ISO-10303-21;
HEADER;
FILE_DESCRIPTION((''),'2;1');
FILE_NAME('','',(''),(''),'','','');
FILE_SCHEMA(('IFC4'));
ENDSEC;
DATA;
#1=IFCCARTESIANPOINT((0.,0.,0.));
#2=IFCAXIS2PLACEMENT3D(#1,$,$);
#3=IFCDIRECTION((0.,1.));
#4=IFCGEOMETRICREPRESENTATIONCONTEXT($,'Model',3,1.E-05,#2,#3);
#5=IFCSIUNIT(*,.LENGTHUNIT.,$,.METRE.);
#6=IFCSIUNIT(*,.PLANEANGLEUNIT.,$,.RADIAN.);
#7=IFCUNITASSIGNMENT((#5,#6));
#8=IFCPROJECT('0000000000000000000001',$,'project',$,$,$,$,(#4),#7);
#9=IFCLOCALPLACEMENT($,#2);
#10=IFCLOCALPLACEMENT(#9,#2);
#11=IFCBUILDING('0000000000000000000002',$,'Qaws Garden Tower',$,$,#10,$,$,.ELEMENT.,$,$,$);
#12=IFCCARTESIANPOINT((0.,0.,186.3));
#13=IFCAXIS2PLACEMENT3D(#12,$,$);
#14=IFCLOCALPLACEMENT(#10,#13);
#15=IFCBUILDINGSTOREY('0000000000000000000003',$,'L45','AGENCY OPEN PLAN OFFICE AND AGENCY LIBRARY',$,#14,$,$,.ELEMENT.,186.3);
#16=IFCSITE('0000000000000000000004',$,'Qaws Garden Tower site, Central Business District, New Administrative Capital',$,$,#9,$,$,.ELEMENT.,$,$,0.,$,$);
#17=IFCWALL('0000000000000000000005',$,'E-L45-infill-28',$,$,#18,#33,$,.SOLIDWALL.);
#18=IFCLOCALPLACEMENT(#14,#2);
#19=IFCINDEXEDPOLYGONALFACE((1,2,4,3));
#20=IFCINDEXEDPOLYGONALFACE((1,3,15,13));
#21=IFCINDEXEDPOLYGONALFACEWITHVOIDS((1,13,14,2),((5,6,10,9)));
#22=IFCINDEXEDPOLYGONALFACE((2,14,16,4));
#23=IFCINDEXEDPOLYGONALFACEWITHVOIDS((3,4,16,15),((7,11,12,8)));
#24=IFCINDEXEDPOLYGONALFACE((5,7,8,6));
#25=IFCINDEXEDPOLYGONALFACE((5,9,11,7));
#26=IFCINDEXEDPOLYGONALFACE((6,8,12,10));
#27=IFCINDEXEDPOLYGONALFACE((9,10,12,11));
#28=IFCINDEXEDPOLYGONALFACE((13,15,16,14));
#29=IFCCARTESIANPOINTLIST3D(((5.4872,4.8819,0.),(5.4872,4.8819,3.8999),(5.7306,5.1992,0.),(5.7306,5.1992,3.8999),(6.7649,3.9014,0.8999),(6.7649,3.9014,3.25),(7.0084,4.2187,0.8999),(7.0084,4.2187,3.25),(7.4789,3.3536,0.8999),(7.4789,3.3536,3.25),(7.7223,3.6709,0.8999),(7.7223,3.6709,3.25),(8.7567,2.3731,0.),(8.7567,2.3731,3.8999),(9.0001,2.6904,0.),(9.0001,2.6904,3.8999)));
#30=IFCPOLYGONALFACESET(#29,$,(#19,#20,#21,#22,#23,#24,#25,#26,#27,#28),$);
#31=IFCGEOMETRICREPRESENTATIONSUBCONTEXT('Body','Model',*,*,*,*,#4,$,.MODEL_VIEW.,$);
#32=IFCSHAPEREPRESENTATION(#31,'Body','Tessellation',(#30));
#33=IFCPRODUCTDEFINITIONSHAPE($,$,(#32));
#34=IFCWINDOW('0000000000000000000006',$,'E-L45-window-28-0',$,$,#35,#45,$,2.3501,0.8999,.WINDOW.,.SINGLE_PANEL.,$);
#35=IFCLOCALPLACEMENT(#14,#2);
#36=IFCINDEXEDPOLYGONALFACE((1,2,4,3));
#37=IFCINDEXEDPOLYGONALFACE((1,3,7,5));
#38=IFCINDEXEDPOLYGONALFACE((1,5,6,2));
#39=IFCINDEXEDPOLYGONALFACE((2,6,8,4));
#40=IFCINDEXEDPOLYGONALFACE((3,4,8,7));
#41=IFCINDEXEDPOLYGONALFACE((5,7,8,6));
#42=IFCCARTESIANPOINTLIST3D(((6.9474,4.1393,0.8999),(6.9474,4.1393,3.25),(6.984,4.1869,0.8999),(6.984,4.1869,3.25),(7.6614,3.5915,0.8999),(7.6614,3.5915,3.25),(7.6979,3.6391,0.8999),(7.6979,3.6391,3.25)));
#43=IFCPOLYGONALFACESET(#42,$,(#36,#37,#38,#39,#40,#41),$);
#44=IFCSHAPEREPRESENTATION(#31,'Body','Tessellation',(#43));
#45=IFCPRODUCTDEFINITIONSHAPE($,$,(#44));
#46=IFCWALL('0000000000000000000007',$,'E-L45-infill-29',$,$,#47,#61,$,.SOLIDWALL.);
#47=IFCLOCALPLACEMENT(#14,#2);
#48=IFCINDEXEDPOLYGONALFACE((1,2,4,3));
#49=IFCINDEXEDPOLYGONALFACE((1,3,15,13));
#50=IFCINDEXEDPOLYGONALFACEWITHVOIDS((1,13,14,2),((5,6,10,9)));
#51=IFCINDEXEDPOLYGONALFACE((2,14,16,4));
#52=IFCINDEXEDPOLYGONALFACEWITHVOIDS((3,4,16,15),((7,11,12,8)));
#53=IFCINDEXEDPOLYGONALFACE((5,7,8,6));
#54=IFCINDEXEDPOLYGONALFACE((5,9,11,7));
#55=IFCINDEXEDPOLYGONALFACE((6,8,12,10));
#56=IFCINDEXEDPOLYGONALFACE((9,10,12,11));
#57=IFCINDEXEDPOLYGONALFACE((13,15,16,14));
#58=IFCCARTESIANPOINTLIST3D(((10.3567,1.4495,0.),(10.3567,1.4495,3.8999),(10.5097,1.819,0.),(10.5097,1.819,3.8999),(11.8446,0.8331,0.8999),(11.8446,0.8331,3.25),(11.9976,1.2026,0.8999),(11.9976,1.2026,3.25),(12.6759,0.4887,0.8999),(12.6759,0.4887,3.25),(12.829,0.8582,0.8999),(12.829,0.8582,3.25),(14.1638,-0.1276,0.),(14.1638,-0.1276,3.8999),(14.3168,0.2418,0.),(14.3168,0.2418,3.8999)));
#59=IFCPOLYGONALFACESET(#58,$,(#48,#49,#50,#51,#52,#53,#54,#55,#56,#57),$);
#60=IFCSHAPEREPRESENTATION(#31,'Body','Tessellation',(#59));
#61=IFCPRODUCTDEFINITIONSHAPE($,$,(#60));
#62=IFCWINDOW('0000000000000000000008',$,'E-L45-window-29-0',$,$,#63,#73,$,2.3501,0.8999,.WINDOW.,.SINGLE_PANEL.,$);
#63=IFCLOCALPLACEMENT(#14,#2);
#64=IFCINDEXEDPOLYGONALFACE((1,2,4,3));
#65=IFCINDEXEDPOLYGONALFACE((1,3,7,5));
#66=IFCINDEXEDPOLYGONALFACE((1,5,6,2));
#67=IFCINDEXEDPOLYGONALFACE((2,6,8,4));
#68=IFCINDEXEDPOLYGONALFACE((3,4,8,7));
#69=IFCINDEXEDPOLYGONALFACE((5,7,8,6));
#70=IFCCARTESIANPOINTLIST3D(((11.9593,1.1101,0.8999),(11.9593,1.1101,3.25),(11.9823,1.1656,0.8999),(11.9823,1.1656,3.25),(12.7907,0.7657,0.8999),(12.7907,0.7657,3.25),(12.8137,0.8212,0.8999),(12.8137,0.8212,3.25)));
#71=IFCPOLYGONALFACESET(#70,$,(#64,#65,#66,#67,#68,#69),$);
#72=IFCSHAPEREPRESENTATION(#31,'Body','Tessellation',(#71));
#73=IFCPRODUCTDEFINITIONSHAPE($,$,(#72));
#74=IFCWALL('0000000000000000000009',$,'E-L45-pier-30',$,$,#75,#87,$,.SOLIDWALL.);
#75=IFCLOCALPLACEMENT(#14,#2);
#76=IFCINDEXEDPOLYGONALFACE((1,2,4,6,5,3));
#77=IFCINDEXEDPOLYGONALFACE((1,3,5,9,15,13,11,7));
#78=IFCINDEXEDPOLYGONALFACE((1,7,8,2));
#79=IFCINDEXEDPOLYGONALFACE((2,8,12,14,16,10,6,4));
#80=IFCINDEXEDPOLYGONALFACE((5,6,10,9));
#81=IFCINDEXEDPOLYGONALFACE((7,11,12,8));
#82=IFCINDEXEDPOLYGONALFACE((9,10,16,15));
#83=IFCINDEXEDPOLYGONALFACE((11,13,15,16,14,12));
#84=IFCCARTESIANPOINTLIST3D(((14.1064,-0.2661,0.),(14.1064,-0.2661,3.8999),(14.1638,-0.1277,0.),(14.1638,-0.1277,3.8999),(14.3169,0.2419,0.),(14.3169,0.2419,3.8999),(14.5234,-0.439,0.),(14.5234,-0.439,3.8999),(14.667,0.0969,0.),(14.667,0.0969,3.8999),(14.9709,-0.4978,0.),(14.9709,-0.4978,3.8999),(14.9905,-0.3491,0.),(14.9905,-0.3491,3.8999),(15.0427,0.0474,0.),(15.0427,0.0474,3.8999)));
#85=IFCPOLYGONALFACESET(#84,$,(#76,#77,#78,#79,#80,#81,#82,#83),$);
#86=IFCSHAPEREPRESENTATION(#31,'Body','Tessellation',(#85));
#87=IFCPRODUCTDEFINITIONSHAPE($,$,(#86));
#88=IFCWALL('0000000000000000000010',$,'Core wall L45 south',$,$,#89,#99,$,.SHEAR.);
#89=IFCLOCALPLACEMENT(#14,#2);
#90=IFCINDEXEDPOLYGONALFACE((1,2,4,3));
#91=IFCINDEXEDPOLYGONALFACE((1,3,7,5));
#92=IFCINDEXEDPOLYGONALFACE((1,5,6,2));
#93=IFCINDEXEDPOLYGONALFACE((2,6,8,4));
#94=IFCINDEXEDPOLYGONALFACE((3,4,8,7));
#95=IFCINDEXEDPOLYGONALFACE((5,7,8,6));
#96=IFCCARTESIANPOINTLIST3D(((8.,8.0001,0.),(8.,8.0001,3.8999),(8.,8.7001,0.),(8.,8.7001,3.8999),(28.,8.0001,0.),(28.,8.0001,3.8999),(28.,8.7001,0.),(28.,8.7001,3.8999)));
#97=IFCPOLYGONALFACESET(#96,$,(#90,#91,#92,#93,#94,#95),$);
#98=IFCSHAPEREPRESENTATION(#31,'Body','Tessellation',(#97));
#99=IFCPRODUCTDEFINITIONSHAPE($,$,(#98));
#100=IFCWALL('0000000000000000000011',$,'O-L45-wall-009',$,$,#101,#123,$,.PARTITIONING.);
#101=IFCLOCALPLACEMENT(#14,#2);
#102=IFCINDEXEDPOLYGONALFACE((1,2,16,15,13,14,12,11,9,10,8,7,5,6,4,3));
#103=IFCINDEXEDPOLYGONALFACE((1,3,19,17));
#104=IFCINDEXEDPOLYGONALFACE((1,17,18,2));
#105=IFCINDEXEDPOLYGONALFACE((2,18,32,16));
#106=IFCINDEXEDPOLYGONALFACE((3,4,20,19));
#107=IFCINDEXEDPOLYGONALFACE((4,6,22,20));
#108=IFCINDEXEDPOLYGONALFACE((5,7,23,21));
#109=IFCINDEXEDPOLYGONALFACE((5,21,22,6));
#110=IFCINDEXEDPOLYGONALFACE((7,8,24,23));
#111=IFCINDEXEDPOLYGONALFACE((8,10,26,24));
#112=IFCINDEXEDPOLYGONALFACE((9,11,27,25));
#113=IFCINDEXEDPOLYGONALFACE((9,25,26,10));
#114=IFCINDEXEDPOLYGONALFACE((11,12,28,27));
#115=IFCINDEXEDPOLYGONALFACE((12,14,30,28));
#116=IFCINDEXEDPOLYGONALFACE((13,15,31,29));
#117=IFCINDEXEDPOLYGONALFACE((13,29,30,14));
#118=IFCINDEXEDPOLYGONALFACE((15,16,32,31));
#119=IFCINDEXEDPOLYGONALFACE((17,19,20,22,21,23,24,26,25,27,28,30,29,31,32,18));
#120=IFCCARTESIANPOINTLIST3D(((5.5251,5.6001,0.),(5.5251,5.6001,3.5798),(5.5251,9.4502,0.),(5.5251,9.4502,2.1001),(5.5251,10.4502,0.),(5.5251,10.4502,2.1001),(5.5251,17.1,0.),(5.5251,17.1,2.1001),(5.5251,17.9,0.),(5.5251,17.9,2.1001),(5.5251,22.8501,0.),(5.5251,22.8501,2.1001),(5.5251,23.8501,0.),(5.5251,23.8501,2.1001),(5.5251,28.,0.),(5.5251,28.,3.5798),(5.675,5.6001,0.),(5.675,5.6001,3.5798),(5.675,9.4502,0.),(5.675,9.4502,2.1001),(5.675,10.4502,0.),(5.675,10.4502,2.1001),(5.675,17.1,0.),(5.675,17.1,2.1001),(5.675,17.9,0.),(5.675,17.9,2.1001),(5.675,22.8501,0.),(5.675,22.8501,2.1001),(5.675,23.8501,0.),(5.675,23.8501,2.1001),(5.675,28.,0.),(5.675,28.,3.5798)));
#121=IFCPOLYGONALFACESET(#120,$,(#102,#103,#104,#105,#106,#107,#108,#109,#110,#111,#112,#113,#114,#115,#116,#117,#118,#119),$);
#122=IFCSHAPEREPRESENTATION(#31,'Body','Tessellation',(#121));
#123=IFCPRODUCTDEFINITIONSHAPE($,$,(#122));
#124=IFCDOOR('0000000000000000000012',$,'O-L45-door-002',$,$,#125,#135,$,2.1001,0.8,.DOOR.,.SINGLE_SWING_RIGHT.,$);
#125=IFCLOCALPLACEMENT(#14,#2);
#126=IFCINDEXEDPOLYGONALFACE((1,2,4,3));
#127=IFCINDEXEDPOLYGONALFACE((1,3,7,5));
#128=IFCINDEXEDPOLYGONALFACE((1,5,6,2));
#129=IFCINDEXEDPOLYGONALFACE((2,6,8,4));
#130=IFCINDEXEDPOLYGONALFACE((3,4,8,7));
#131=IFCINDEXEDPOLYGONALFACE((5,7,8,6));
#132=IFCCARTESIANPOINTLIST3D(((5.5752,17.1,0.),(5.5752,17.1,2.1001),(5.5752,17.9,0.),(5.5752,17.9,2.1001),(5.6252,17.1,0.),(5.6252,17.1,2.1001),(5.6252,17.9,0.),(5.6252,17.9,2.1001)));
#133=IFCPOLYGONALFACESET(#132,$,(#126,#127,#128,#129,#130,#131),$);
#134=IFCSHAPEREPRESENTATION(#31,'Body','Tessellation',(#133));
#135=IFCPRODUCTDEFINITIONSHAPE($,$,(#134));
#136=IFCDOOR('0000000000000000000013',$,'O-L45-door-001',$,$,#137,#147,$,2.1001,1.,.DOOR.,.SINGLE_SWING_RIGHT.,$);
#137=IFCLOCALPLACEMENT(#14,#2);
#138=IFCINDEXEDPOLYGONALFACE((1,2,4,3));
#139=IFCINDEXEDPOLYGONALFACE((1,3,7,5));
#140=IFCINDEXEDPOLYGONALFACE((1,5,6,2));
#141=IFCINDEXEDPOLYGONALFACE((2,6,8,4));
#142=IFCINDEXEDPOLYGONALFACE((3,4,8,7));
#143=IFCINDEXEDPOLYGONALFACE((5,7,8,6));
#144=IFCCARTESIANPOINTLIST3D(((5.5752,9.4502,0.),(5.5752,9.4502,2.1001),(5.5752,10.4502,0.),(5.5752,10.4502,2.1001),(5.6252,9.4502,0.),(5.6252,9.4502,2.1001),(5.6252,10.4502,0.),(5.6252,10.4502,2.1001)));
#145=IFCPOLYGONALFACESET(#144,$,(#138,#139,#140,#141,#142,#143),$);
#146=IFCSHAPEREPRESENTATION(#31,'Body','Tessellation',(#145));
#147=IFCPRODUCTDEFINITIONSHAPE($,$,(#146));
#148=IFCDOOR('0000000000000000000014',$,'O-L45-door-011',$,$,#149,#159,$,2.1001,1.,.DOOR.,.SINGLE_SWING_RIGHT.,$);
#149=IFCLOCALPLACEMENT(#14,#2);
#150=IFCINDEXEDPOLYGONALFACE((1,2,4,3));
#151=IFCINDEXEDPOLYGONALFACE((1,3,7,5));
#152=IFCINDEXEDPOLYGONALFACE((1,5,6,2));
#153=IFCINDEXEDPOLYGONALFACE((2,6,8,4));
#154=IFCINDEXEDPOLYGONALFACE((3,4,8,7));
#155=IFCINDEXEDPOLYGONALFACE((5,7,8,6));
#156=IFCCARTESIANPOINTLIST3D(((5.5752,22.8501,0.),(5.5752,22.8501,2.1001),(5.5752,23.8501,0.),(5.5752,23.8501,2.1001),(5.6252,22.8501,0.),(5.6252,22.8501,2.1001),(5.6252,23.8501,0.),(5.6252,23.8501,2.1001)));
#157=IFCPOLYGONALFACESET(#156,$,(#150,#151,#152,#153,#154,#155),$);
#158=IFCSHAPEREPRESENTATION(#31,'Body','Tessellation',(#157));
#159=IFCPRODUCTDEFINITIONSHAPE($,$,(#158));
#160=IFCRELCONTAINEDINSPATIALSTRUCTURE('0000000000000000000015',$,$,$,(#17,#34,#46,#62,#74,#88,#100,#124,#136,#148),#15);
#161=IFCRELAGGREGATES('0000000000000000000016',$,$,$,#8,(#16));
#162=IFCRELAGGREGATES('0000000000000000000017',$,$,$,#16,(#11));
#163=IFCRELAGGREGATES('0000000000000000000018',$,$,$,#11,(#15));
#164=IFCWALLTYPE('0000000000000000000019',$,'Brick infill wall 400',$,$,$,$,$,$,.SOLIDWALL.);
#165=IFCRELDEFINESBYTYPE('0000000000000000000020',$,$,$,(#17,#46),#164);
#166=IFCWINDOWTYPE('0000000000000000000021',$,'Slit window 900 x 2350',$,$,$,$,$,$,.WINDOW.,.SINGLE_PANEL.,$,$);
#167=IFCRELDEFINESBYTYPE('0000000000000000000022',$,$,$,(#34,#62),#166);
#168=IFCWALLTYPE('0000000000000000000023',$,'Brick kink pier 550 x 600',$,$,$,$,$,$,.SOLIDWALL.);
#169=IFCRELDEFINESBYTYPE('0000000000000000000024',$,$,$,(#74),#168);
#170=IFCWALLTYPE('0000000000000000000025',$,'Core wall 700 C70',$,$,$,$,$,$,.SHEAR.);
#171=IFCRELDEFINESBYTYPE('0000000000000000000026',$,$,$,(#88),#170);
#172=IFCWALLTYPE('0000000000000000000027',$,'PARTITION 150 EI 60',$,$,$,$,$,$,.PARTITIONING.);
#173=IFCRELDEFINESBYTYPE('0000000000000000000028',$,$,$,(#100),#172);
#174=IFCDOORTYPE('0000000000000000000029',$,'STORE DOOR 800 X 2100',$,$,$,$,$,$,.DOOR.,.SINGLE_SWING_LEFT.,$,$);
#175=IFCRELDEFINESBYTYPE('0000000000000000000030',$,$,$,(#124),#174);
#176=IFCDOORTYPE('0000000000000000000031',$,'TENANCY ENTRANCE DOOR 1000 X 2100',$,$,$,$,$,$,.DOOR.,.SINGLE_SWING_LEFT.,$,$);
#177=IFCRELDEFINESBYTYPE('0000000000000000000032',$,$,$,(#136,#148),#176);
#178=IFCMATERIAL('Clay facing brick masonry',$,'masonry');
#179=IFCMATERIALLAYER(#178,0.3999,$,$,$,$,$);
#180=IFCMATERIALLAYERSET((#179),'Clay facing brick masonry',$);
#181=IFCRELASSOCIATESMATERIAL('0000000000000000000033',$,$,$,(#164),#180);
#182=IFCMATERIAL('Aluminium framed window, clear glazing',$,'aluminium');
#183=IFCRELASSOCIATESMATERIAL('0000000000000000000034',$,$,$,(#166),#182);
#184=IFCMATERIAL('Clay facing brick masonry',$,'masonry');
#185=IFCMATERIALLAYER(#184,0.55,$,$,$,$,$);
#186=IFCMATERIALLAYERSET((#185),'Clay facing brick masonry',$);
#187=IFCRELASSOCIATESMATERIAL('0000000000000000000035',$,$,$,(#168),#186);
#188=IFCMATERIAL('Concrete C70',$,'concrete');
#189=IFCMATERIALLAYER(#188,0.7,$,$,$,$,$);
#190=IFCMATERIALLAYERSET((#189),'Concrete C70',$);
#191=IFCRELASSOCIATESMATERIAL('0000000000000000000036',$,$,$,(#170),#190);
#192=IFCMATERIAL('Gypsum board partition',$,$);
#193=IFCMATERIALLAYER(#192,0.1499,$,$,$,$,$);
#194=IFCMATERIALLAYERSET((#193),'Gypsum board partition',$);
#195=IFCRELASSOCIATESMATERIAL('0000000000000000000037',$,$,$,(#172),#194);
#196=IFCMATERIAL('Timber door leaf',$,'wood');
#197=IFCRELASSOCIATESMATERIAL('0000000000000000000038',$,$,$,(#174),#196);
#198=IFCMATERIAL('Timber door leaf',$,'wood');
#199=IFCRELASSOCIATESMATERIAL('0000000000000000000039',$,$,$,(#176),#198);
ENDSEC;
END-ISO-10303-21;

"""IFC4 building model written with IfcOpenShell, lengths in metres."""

from ifc_helpers import new_model, si_unit, direction, frame, frame_2d, origin, place, context, subcontext, project, spatial, polyline, rectangle, outline, extrude, material, layer, layer_set, type_object, element, fill, save


model = new_model("IFC4")

# Units and contexts
model_context = context("Model", 3, precision=1e-05, world=origin(), true_north=direction((0.0, 1.0)))
body_context = subcontext(model_context, "Body", "Model", "MODEL_VIEW")
ifc_project = project(units=[si_unit("LENGTHUNIT", "METRE"), si_unit("PLANEANGLEUNIT", "RADIAN")], contexts=[model_context])

# Site, building, storey
site_placement = place(None, origin())
site = spatial("IfcSite", under=ifc_project, at=site_placement, Name="Qaws Garden Tower site, Central Business District, New Administrative Capital", CompositionType="ELEMENT", RefElevation=0.0)
building_placement = place(site_placement, origin())
building = spatial("IfcBuilding", under=site, at=building_placement, Name="Qaws Garden Tower", CompositionType="ELEMENT")
storey_placement = place(building_placement, frame((0.0, 0.0, 186.3)))
storey = spatial("IfcBuildingStorey", under=building, at=storey_placement, Name="L45", Description="AGENCY OPEN PLAN OFFICE AND AGENCY LIBRARY", CompositionType="ELEMENT", Elevation=186.3)

# Shared definitions
placement_1 = place(storey_placement, origin())

# Walls, openings, windows
ifc_material_1 = material(Name="Clay facing brick masonry", Category="masonry")
ifc_layer_1 = layer(ifc_material_1, 0.3999)
ifc_layer_set_1 = layer_set([ifc_layer_1], Name="Clay facing brick masonry")
wall_type_1 = type_object("IfcWallType", Name="Brick infill wall 400", PredefinedType="SOLIDWALL", material=ifc_layer_set_1)
ifc_material_2 = material(Name="Aluminium framed window, clear glazing", Category="aluminium")
window_type = type_object("IfcWindowType", Name="Slit window 900 x 2350", PartitioningType="SINGLE_PANEL", PredefinedType="WINDOW", material=ifc_material_2)
wall_1_placement = place(storey_placement, frame((5.6089, 5.0405, 0.0), z_axis=(0.0, 0.0, 1.0), x_axis=(0.793355, -0.60876, 0.0)))
wall_1 = element("IfcWall", 1, at=wall_1_placement, inside=storey, type_object=wall_type_1, Name="E-L45-infill-28", PredefinedType="SOLIDWALL", context=body_context, shape_type="SweptSolid", body=[
    extrude(rectangle(XDim=4.1211, YDim=0.3999, at=frame_2d((2.0605, 0.0))), origin(), (0.0, 0.0, 1.0), 3.8999),
])
opening_1_placement = place(wall_1_placement, frame((1.6106, 0.0, 0.8999)))
opening_1 = element("IfcOpeningElement", 2, at=opening_1_placement, cuts=wall_1, PredefinedType="OPENING", context=body_context, shape_type="SweptSolid", body=[
    extrude(rectangle(XDim=0.8999, YDim=2.3501, at=frame_2d((0.45, 1.175))), frame((0.0, 0.21, 0.0), z_axis=(0.0, -1.0, 0.0), x_axis=(1.0, 0.0, 0.0)), (0.0, 0.0, 1.0), 0.4199),
])
window_1_placement = place(opening_1_placement, origin())
window_1 = element("IfcWindow", 3, at=window_1_placement, inside=storey, type_object=window_type, Name="E-L45-window-28-0", OverallHeight=2.3501, OverallWidth=0.8999, PartitioningType="SINGLE_PANEL", PredefinedType="WINDOW", context=body_context, shape_type="SweptSolid", body=[
    extrude(rectangle(XDim=0.8999, YDim=2.3501, at=frame_2d((0.45, 1.175))), frame((0.0, 0.1599, 0.0), z_axis=(0.0, -1.0, 0.0), x_axis=(1.0, 0.0, 0.0)), (0.0, 0.0, 1.0), 0.0601),
])
fill(opening_1, window_1)
wall_2_placement = place(storey_placement, frame((10.4331, 1.6343, 0.0), z_axis=(0.0, 0.0, 1.0), x_axis=(0.923864, -0.382722, 0.0)))
wall_2 = element("IfcWall", 4, at=wall_2_placement, inside=storey, type_object=wall_type_1, Name="E-L45-infill-29", PredefinedType="SOLIDWALL", context=body_context, shape_type="SweptSolid", body=[
    extrude(rectangle(XDim=4.1208, YDim=0.3999, at=frame_2d((2.0605, 0.0))), origin(), (0.0, 0.0, 1.0), 3.8999),
])
opening_2_placement = place(wall_2_placement, frame((1.6106, 0.0, 0.8999)))
opening_2 = element("IfcOpeningElement", 5, at=opening_2_placement, cuts=wall_2, PredefinedType="OPENING", context=body_context, shape_type="SweptSolid", body=[
    extrude(rectangle(XDim=0.8999, YDim=2.3501, at=frame_2d((0.45, 1.175))), frame((0.0, 0.21, 0.0), z_axis=(0.0, -1.0, 0.0), x_axis=(1.0, 0.0, 0.0)), (0.0, 0.0, 1.0), 0.4199),
])
window_2_placement = place(opening_2_placement, origin())
window_2 = element("IfcWindow", 6, at=window_2_placement, inside=storey, type_object=window_type, Name="E-L45-window-29-0", OverallHeight=2.3501, OverallWidth=0.8999, PartitioningType="SINGLE_PANEL", PredefinedType="WINDOW", context=body_context, shape_type="SweptSolid", body=[
    extrude(rectangle(XDim=0.8999, YDim=2.3501, at=frame_2d((0.45, 1.175))), frame((0.0, 0.1599, 0.0), z_axis=(0.0, -1.0, 0.0), x_axis=(1.0, 0.0, 0.0)), (0.0, 0.0, 1.0), 0.0601),
])
fill(opening_2, window_2)

# Walls
ifc_material_3 = material(Name="Clay facing brick masonry", Category="masonry")
ifc_layer_2 = layer(ifc_material_3, 0.55)
ifc_layer_set_2 = layer_set([ifc_layer_2], Name="Clay facing brick masonry")
wall_type_2 = type_object("IfcWallType", Name="Brick kink pier 550 x 600", PredefinedType="SOLIDWALL", material=ifc_layer_set_2)
element("IfcWall", 7, at=placement_1, inside=storey, type_object=wall_type_2, Name="E-L45-pier-30", PredefinedType="SOLIDWALL", context=body_context, shape_type="SweptSolid", body=[
    extrude(outline(polyline([(14.1638, -0.1277), (14.1064, -0.2661), (14.5234, -0.439), (14.9709, -0.4978), (14.9905, -0.3491), (15.0427, 0.0474), (14.667, 0.0969), (14.3169, 0.2419), (14.1638, -0.1277)])), origin(), (0.0, 0.0, 1.0), 3.8999),
])
ifc_material_4 = material(Name="Concrete C70", Category="concrete")
ifc_layer_3 = layer(ifc_material_4, 0.7)
ifc_layer_set_3 = layer_set([ifc_layer_3], Name="Concrete C70")
wall_type_3 = type_object("IfcWallType", Name="Core wall 700 C70", PredefinedType="SHEAR", material=ifc_layer_set_3)
wall_3_placement = place(storey_placement, frame((8.0, 8.3501, 0.0), z_axis=(0.0, 0.0, 1.0), x_axis=(1.0, 0.0, 0.0)))
element("IfcWall", 8, at=wall_3_placement, inside=storey, type_object=wall_type_3, Name="Core wall L45 south", PredefinedType="SHEAR", context=body_context, shape_type="SweptSolid", body=[
    extrude(rectangle(XDim=20.0, YDim=0.7, at=frame_2d((10.0, 0.0))), origin(), (0.0, 0.0, 1.0), 3.8999),
])

# Wall, openings, doors
ifc_material_5 = material(Name="Gypsum board partition")
ifc_layer_4 = layer(ifc_material_5, 0.1499)
ifc_layer_set_4 = layer_set([ifc_layer_4], Name="Gypsum board partition")
wall_type_4 = type_object("IfcWallType", Name="PARTITION 150 EI 60", PredefinedType="PARTITIONING", material=ifc_layer_set_4)
wall_4_placement = place(storey_placement, frame((5.6001, 5.6001, 0.0), z_axis=(0.0, 0.0, 1.0), x_axis=(0.0, 1.0, 0.0)))
wall_4 = element("IfcWall", 9, at=wall_4_placement, inside=storey, type_object=wall_type_4, Name="O-L45-wall-009", PredefinedType="PARTITIONING", context=body_context, shape_type="SweptSolid", body=[
    extrude(rectangle(XDim=22.3999, YDim=0.1499, at=frame_2d((11.2, 0.0))), origin(), (0.0, 0.0, 1.0), 3.5798),
])
opening_3_placement = place(wall_4_placement, frame((3.8501, 0.0, 0.0)))
opening_3 = element("IfcOpeningElement", 10, at=opening_3_placement, cuts=wall_4, PredefinedType="OPENING", context=body_context, shape_type="SweptSolid", body=[
    extrude(rectangle(XDim=1.0, YDim=2.1001, at=frame_2d((0.5, 1.05))), frame((0.0, 0.085, 0.0), z_axis=(0.0, -1.0, 0.0), x_axis=(1.0, 0.0, 0.0)), (0.0, 0.0, 1.0), 0.1699),
])
opening_4_placement = place(wall_4_placement, frame((11.5, 0.0, 0.0)))
opening_4 = element("IfcOpeningElement", 11, at=opening_4_placement, cuts=wall_4, PredefinedType="OPENING", context=body_context, shape_type="SweptSolid", body=[
    extrude(rectangle(XDim=0.8, YDim=2.1001, at=frame_2d((0.3999, 1.05))), frame((0.0, 0.085, 0.0), z_axis=(0.0, -1.0, 0.0), x_axis=(1.0, 0.0, 0.0)), (0.0, 0.0, 1.0), 0.1699),
])
opening_5_placement = place(wall_4_placement, frame((17.25, 0.0, 0.0)))
opening_5 = element("IfcOpeningElement", 12, at=opening_5_placement, cuts=wall_4, PredefinedType="OPENING", context=body_context, shape_type="SweptSolid", body=[
    extrude(rectangle(XDim=1.0, YDim=2.1001, at=frame_2d((0.5, 1.05))), frame((0.0, 0.085, 0.0), z_axis=(0.0, -1.0, 0.0), x_axis=(1.0, 0.0, 0.0)), (0.0, 0.0, 1.0), 0.1699),
])
ifc_material_6 = material(Name="Timber door leaf", Category="wood")
door_type_1 = type_object("IfcDoorType", Name="STORE DOOR 800 X 2100", OperationType="SINGLE_SWING_LEFT", PredefinedType="DOOR", material=ifc_material_6)
door_1_placement = place(opening_4_placement, origin())
door_1 = element("IfcDoor", 13, at=door_1_placement, inside=storey, type_object=door_type_1, Name="O-L45-door-002", OperationType="SINGLE_SWING_RIGHT", OverallHeight=2.1001, OverallWidth=0.8, PredefinedType="DOOR", context=body_context, shape_type="SweptSolid", body=[
    extrude(rectangle(XDim=0.8, YDim=2.1001, at=frame_2d((0.3999, 1.05))), frame((0.0, 0.0249, 0.0), z_axis=(0.0, -1.0, 0.0), x_axis=(1.0, 0.0, 0.0)), (0.0, 0.0, 1.0), 0.05),
])
fill(opening_4, door_1)
ifc_material_7 = material(Name="Timber door leaf", Category="wood")
door_type_2 = type_object("IfcDoorType", Name="TENANCY ENTRANCE DOOR 1000 X 2100", OperationType="SINGLE_SWING_LEFT", PredefinedType="DOOR", material=ifc_material_7)
door_2_placement = place(opening_3_placement, origin())
door_2 = element("IfcDoor", 14, at=door_2_placement, inside=storey, type_object=door_type_2, Name="O-L45-door-001", OperationType="SINGLE_SWING_RIGHT", OverallHeight=2.1001, OverallWidth=1.0, PredefinedType="DOOR", context=body_context, shape_type="SweptSolid", body=[
    extrude(rectangle(XDim=1.0, YDim=2.1001, at=frame_2d((0.5, 1.05))), frame((0.0, 0.0249, 0.0), z_axis=(0.0, -1.0, 0.0), x_axis=(1.0, 0.0, 0.0)), (0.0, 0.0, 1.0), 0.05),
])
fill(opening_3, door_2)
door_3_placement = place(opening_5_placement, origin())
door_3 = element("IfcDoor", 15, at=door_3_placement, inside=storey, type_object=door_type_2, Name="O-L45-door-011", OperationType="SINGLE_SWING_RIGHT", OverallHeight=2.1001, OverallWidth=1.0, PredefinedType="DOOR", context=body_context, shape_type="SweptSolid", body=[
    extrude(rectangle(XDim=1.0, YDim=2.1001, at=frame_2d((0.5, 1.05))), frame((0.0, 0.0249, 0.0), z_axis=(0.0, -1.0, 0.0), x_axis=(1.0, 0.0, 0.0)), (0.0, 0.0, 1.0), 0.05),
])
fill(opening_5, door_3)

save(model, "model.ifc")
